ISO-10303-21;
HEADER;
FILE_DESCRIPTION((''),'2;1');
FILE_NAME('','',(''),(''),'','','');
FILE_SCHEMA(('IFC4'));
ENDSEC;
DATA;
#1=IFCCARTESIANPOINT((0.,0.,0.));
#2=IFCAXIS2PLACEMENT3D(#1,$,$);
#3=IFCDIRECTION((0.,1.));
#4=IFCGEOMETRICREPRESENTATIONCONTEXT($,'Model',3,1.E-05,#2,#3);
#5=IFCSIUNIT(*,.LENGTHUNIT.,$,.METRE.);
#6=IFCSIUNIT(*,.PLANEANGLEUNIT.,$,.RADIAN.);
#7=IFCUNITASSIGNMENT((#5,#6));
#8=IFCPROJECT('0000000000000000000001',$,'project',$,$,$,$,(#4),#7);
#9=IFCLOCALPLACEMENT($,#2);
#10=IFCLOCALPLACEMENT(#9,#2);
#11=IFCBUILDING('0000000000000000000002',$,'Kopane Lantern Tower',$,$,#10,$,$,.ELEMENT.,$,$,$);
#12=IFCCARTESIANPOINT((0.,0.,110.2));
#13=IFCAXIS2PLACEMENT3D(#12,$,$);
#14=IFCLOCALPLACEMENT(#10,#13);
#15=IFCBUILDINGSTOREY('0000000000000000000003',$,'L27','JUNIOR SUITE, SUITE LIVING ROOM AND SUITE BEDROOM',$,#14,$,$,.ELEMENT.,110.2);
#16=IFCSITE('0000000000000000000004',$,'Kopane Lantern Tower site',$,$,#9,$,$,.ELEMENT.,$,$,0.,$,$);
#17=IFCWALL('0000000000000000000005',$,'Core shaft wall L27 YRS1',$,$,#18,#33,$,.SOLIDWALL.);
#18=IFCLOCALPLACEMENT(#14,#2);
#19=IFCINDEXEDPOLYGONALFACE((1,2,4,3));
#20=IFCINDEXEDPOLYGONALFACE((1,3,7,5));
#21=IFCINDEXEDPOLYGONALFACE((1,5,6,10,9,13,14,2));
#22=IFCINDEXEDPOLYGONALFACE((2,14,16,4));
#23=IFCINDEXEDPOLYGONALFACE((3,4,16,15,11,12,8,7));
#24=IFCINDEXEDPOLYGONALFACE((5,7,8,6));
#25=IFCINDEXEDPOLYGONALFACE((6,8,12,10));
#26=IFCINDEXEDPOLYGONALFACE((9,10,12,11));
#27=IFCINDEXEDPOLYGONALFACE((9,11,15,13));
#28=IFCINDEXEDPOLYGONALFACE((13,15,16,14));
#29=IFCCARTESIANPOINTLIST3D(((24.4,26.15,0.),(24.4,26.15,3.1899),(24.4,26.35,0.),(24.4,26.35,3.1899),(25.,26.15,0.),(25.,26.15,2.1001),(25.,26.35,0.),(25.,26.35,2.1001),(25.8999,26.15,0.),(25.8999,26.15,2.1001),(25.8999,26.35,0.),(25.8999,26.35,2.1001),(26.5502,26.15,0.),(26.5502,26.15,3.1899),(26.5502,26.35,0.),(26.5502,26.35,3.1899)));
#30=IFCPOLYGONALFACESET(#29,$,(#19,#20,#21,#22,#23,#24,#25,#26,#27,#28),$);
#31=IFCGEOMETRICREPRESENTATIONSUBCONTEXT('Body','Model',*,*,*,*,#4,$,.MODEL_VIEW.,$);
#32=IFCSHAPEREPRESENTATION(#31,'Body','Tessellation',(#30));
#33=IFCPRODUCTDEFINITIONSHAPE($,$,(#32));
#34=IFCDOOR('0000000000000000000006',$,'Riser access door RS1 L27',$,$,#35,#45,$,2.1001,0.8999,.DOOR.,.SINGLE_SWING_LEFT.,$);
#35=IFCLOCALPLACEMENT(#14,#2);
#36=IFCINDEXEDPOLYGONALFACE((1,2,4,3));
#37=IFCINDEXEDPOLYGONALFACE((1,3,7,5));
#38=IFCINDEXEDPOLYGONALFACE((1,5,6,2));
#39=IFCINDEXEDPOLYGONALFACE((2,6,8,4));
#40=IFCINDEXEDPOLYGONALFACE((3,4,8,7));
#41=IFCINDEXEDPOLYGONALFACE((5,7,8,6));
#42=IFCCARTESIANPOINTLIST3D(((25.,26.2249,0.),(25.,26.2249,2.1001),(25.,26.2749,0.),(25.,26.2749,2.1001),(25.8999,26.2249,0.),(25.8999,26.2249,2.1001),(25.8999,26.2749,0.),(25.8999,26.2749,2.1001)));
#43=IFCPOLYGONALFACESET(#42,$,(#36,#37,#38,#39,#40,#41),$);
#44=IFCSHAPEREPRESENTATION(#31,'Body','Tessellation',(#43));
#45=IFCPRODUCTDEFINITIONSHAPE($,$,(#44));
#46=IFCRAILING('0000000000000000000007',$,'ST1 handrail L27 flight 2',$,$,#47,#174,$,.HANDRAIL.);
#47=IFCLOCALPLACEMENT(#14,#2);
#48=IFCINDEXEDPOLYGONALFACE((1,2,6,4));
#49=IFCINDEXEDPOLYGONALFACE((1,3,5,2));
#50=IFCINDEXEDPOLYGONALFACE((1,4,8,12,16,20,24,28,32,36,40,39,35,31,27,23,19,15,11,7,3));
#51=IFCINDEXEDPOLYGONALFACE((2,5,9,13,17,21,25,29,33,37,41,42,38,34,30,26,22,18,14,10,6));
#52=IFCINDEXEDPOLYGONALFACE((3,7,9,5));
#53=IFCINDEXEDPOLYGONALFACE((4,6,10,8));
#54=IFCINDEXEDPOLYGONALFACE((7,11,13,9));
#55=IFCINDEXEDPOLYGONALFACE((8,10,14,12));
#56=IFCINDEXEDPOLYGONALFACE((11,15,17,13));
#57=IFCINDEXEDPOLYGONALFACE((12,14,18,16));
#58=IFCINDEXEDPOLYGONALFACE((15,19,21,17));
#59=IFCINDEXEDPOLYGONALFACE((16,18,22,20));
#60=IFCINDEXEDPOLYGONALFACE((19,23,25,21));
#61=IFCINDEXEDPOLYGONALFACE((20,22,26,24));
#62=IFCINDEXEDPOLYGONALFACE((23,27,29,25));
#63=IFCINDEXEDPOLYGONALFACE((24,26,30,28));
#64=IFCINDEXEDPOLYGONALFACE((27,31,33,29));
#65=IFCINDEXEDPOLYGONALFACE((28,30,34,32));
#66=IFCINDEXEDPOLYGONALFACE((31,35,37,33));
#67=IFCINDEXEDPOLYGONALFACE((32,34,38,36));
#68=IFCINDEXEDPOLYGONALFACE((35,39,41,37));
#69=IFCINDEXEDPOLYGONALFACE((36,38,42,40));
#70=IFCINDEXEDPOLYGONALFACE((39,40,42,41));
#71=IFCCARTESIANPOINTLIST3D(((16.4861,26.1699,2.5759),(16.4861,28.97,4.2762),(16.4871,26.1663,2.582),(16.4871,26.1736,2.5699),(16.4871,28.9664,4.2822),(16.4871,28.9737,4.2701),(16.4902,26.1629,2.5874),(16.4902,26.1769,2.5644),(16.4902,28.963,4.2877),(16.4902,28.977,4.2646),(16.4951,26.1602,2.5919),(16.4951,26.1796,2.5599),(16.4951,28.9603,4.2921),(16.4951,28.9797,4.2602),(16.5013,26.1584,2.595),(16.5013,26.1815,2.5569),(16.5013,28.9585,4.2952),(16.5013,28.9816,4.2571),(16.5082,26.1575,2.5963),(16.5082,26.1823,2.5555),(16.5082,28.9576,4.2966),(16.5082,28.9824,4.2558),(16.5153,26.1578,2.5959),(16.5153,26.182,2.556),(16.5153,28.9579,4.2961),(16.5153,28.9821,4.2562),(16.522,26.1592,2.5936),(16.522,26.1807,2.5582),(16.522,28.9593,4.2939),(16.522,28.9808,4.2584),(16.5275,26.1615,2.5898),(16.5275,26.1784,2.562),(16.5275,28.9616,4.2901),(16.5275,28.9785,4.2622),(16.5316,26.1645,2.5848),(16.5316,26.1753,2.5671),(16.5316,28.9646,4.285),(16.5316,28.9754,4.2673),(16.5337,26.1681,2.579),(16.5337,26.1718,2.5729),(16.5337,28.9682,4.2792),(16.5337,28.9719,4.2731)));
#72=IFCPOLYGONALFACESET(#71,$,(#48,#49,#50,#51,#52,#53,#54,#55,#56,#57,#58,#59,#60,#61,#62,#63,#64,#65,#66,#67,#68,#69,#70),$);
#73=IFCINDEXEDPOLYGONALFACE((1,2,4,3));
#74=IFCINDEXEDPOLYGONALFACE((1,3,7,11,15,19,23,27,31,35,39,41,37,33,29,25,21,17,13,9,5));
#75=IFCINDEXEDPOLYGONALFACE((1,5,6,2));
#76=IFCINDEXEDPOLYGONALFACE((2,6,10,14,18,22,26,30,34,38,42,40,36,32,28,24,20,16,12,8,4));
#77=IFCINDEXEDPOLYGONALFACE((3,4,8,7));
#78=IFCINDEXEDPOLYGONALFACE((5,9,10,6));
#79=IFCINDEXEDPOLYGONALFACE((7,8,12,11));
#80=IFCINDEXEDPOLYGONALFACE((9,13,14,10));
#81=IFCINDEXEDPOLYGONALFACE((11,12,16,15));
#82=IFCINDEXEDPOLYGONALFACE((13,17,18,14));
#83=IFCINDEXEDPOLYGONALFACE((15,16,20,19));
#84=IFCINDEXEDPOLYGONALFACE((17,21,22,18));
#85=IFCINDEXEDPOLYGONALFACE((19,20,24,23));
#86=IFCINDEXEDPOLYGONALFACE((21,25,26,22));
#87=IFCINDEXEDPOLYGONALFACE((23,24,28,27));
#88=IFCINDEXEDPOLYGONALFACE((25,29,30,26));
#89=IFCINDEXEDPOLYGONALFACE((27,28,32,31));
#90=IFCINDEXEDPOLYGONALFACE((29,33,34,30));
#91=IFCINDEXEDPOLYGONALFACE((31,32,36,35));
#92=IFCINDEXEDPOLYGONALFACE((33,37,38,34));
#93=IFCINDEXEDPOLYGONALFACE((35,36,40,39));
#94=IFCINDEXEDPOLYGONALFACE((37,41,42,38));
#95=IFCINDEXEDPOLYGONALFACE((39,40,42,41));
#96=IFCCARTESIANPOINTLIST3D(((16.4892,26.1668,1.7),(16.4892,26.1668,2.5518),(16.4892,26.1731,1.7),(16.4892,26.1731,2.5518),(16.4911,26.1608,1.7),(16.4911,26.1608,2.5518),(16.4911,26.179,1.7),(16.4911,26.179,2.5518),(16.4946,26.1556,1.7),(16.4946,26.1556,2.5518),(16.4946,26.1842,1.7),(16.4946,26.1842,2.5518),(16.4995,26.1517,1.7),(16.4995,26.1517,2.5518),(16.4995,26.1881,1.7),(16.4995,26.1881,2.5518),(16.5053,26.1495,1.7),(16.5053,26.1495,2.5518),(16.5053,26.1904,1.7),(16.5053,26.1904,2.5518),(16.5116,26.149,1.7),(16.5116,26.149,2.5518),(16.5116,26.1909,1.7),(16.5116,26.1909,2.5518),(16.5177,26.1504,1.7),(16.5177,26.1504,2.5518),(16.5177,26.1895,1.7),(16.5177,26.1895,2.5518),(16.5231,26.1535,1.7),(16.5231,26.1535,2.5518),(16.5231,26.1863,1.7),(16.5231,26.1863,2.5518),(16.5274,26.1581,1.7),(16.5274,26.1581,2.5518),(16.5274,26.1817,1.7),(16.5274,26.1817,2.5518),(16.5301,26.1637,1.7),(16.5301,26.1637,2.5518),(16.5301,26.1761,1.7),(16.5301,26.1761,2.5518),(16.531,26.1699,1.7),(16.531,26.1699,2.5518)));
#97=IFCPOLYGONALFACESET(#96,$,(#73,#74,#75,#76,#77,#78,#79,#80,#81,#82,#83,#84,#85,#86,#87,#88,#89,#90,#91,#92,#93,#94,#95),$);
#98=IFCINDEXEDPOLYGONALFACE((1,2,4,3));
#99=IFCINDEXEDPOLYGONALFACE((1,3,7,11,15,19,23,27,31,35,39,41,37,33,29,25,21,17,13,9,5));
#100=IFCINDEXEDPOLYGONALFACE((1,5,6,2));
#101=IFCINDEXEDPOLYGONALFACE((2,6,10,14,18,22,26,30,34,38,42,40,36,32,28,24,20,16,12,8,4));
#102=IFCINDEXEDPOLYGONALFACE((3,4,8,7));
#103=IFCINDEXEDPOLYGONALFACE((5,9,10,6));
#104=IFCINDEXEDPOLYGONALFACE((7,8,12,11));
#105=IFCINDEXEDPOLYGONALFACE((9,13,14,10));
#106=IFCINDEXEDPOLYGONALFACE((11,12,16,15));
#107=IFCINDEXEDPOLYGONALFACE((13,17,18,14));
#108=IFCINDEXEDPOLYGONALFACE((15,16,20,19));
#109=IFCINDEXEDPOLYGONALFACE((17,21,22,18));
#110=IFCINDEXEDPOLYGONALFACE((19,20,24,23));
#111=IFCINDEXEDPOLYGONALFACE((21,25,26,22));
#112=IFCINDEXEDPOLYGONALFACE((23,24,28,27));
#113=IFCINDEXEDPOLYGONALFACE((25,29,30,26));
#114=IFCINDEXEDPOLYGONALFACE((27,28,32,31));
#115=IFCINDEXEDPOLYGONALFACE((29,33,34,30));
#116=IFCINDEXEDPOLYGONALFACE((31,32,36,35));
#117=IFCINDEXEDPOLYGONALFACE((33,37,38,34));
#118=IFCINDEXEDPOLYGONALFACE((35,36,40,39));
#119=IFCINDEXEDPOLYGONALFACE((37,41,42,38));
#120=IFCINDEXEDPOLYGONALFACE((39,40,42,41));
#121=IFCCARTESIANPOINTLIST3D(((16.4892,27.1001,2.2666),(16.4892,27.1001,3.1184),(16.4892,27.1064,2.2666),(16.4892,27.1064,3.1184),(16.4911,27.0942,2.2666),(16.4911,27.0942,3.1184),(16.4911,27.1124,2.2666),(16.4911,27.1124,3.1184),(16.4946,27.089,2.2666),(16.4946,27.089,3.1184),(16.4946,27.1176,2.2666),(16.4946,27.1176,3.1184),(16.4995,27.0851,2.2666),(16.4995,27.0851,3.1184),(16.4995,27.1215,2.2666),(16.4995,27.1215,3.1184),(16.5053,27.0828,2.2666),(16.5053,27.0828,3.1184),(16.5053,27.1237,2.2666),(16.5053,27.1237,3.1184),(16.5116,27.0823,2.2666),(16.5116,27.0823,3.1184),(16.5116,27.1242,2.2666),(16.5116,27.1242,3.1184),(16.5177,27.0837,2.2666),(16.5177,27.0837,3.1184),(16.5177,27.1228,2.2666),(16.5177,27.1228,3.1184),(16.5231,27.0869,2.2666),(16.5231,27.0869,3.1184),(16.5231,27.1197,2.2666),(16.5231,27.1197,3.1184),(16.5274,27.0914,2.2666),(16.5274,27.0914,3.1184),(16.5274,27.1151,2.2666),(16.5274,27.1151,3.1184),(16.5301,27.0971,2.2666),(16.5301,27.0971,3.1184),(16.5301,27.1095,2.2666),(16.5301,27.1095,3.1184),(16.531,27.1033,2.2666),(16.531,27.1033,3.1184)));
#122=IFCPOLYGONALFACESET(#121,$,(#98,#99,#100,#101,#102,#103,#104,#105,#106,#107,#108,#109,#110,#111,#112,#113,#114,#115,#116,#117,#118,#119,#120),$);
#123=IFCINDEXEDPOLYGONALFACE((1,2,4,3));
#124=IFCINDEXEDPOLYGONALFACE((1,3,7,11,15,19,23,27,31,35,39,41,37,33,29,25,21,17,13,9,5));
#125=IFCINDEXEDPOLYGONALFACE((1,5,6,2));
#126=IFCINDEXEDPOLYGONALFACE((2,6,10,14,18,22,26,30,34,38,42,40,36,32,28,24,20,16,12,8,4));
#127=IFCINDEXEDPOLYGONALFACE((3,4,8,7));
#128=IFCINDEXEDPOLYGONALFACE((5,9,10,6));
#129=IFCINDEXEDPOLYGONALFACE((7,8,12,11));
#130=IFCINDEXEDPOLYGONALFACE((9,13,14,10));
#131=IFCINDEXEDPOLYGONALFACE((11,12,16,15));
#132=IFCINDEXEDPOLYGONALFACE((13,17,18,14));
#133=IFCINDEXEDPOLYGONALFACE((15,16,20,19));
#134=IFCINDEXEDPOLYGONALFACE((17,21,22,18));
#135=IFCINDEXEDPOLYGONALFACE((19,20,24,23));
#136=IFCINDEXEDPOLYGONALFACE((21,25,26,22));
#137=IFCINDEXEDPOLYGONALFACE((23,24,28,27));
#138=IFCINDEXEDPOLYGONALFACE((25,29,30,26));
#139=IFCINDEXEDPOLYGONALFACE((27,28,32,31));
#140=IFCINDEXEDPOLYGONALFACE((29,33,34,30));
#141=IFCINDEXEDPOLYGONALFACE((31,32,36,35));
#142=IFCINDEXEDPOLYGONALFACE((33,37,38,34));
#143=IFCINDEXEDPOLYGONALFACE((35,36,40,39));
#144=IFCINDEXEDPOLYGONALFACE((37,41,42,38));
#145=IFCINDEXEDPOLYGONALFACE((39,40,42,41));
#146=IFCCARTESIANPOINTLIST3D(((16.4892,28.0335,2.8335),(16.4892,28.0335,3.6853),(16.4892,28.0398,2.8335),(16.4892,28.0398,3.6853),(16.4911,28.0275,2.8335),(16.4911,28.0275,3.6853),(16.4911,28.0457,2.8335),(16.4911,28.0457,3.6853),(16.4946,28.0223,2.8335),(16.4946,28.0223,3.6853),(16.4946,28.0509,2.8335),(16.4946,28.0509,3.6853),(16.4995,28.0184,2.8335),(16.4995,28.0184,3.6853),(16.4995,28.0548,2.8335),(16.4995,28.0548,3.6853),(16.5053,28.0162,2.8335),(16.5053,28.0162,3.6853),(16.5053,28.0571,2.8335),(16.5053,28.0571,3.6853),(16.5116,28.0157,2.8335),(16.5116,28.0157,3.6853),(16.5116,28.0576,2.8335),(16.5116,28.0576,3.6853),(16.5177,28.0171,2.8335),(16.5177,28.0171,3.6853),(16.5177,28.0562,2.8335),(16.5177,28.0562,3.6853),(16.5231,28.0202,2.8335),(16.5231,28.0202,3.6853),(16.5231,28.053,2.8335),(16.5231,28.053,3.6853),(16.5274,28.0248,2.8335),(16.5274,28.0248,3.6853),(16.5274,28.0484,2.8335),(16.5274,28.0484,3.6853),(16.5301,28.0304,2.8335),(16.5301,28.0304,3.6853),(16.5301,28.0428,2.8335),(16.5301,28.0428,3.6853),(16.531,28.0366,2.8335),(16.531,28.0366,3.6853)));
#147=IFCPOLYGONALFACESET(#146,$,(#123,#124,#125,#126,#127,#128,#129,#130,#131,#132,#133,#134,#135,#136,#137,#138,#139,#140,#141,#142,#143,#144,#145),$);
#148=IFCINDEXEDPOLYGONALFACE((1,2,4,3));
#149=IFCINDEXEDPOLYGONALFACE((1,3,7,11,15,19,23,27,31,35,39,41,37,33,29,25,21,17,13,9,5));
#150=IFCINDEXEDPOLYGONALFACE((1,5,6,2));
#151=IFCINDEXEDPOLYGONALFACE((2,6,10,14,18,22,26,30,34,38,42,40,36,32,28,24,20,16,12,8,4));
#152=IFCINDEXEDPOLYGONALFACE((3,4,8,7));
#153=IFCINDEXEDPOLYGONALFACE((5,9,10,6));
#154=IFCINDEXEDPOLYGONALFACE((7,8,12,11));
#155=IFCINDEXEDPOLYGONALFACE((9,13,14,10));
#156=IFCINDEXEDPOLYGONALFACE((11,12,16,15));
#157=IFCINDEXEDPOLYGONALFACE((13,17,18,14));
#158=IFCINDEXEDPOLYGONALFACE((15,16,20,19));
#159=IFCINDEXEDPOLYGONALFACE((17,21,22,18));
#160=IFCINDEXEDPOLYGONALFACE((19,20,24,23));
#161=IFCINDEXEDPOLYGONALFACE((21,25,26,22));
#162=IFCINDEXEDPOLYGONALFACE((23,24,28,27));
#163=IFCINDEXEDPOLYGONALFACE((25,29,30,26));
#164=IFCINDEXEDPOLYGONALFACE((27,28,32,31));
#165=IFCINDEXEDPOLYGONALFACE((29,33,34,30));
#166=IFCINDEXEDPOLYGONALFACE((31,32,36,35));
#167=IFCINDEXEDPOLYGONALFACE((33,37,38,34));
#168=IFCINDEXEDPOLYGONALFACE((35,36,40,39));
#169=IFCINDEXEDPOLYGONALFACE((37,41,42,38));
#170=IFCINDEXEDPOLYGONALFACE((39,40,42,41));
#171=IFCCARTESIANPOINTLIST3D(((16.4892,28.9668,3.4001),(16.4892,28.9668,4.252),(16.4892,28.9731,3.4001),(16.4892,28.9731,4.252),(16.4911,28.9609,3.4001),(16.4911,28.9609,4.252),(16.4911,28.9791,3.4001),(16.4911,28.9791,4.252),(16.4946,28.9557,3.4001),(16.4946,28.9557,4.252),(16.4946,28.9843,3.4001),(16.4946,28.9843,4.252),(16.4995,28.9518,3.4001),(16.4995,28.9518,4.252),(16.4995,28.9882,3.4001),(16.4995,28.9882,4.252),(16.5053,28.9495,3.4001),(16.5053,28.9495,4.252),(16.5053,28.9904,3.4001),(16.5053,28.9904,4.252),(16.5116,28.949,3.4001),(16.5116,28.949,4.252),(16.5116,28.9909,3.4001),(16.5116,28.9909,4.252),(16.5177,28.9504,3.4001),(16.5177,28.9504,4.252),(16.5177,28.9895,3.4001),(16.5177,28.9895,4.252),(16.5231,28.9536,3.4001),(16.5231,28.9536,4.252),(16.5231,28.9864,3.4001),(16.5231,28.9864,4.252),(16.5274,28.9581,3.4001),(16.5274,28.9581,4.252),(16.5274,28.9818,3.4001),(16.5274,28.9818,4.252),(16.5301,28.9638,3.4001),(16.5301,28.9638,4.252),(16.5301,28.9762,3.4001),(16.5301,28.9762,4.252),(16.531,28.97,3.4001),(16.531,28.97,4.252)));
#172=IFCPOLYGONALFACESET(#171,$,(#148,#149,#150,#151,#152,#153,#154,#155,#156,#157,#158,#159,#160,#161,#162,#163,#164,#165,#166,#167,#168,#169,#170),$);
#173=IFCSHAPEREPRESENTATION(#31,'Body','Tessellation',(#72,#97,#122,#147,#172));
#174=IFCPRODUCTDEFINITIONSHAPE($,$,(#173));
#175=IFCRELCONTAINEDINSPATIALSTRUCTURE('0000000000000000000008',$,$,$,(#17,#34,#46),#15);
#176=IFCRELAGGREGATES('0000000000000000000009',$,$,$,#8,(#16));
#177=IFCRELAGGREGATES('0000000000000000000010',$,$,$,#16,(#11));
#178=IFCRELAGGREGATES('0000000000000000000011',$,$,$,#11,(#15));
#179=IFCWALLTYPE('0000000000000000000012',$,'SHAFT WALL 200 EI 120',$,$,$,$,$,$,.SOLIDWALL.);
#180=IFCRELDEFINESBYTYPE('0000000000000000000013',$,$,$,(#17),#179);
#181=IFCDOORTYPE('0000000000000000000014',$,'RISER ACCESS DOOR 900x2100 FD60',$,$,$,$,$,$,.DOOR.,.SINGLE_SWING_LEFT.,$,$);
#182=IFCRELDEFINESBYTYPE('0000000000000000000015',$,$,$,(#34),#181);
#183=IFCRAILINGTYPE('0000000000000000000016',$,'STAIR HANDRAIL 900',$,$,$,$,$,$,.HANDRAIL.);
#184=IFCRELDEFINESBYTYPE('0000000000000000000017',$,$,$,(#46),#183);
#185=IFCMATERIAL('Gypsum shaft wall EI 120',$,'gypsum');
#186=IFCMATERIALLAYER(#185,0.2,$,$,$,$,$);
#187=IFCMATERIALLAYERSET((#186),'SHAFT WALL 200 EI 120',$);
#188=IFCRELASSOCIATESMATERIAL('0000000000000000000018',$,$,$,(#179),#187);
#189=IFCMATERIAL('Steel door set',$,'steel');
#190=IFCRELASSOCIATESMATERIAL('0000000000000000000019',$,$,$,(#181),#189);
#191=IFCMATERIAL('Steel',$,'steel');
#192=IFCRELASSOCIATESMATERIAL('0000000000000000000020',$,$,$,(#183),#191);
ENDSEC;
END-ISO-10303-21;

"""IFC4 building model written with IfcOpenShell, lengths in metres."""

from ifc_helpers import new_model, si_unit, direction, frame, frame_2d, origin, origin_2d, place, context, subcontext, project, spatial, rectangle, circle, extrude, material, layer, layer_set, type_object, element, fill, save


model = new_model("IFC4")

# Units and contexts
model_context = context("Model", 3, precision=1e-05, world=origin(), true_north=direction((0.0, 1.0)))
body_context = subcontext(model_context, "Body", "Model", "MODEL_VIEW")
ifc_project = project(units=[si_unit("LENGTHUNIT", "METRE"), si_unit("PLANEANGLEUNIT", "RADIAN")], contexts=[model_context])

# Site, building, storey
site_placement = place(None, origin())
site = spatial("IfcSite", under=ifc_project, at=site_placement, Name="Kopane Lantern Tower site", CompositionType="ELEMENT", RefElevation=0.0)
building_placement = place(site_placement, origin())
building = spatial("IfcBuilding", under=site, at=building_placement, Name="Kopane Lantern Tower", CompositionType="ELEMENT")
storey_placement = place(building_placement, frame((0.0, 0.0, 110.2)))
storey = spatial("IfcBuildingStorey", under=building, at=storey_placement, Name="L27", Description="JUNIOR SUITE, SUITE LIVING ROOM AND SUITE BEDROOM", CompositionType="ELEMENT", Elevation=110.2)

# Shared definitions
ifc_material_1 = material(Name="Gypsum shaft wall EI 120", Category="gypsum")
ifc_layer_1 = layer(ifc_material_1, 0.2)
ifc_layer_set_1 = layer_set([ifc_layer_1], Name="SHAFT WALL 200 EI 120")
wall_type_1 = type_object("IfcWallType", Name="SHAFT WALL 200 EI 120", PredefinedType="SOLIDWALL", material=ifc_layer_set_1)

# Wall, opening, door
wall_1_placement = place(storey_placement, frame((24.3999, 26.25, 0.0), z_axis=(0.0, 0.0, 1.0), x_axis=(1.0, 0.0, 0.0)))
wall_1 = element("IfcWall", 1, at=wall_1_placement, inside=storey, type_object=wall_type_1, Name="Core shaft wall L27 YRS1", PredefinedType="SOLIDWALL", context=body_context, shape_type="SweptSolid", body=[
    extrude(rectangle(XDim=2.1501, YDim=0.2, at=frame_2d((1.0752, 0.0))), origin(), (0.0, 0.0, 1.0), 3.1899),
])
opening_1_placement = place(wall_1_placement, frame((0.6001, 0.0, 0.0)))
opening_1 = element("IfcOpeningElement", 2, at=opening_1_placement, cuts=wall_1, PredefinedType="OPENING", context=body_context, shape_type="SweptSolid", body=[
    extrude(rectangle(XDim=0.8999, YDim=2.1001, at=frame_2d((0.45, 1.05))), frame((0.0, 0.1099, 0.0), z_axis=(0.0, -1.0, 0.0), x_axis=(1.0, 0.0, 0.0)), (0.0, 0.0, 1.0), 0.22),
])
ifc_material_2 = material(Name="Steel door set", Category="steel")
door_type_1 = type_object("IfcDoorType", Name="RISER ACCESS DOOR 900x2100 FD60", OperationType="SINGLE_SWING_LEFT", PredefinedType="DOOR", material=ifc_material_2)
door_1_placement = place(opening_1_placement, origin())
door_1 = element("IfcDoor", 3, at=door_1_placement, inside=storey, type_object=door_type_1, Name="Riser access door RS1 L27", OperationType="SINGLE_SWING_LEFT", OverallHeight=2.1001, OverallWidth=0.8999, PredefinedType="DOOR", context=body_context, shape_type="SweptSolid", body=[
    extrude(rectangle(XDim=0.8999, YDim=2.1001, at=frame_2d((0.45, 1.05))), frame((0.0, 0.0249, 0.0), z_axis=(0.0, -1.0, 0.0), x_axis=(1.0, 0.0, 0.0)), (0.0, 0.0, 1.0), 0.05),
])
fill(opening_1, door_1)

# Railing
ifc_material_3 = material(Name="Steel", Category="steel")
railing_type = type_object("IfcRailingType", Name="STAIR HANDRAIL 900", PredefinedType="HANDRAIL", material=ifc_material_3)
for number, where, name in (
    (4, (16.51, 26.1699, 1.7), "ST1 handrail L27 flight 2"),
):
    element("IfcRailing", number, at=place(storey_placement, frame(where)), inside=storey, type_object=railing_type, Name=name, PredefinedType="HANDRAIL", context=body_context, shape_type="SweptSolid", body=[
        extrude(circle(Radius=0.0239, at=origin_2d()), frame((0.0, 0.0, 0.876), z_axis=(0.0, 0.854765, 0.519015), x_axis=(-1.0, 0.0, 0.0)), (0.0, 0.0, 1.0), 3.2759),
        extrude(circle(Radius=0.021, at=origin_2d()), origin(), (0.0, 0.0, 1.0), 0.8518),
        extrude(circle(Radius=0.021, at=origin_2d()), frame((0.0, 0.9333, 0.5667)), (0.0, 0.0, 1.0), 0.8518),
        extrude(circle(Radius=0.021, at=origin_2d()), frame((0.0, 1.8667, 1.1335)), (0.0, 0.0, 1.0), 0.8518),
        extrude(circle(Radius=0.021, at=origin_2d()), frame((0.0, 2.8, 1.7002)), (0.0, 0.0, 1.0), 0.8518),
    ])

save(model, "model.ifc")
